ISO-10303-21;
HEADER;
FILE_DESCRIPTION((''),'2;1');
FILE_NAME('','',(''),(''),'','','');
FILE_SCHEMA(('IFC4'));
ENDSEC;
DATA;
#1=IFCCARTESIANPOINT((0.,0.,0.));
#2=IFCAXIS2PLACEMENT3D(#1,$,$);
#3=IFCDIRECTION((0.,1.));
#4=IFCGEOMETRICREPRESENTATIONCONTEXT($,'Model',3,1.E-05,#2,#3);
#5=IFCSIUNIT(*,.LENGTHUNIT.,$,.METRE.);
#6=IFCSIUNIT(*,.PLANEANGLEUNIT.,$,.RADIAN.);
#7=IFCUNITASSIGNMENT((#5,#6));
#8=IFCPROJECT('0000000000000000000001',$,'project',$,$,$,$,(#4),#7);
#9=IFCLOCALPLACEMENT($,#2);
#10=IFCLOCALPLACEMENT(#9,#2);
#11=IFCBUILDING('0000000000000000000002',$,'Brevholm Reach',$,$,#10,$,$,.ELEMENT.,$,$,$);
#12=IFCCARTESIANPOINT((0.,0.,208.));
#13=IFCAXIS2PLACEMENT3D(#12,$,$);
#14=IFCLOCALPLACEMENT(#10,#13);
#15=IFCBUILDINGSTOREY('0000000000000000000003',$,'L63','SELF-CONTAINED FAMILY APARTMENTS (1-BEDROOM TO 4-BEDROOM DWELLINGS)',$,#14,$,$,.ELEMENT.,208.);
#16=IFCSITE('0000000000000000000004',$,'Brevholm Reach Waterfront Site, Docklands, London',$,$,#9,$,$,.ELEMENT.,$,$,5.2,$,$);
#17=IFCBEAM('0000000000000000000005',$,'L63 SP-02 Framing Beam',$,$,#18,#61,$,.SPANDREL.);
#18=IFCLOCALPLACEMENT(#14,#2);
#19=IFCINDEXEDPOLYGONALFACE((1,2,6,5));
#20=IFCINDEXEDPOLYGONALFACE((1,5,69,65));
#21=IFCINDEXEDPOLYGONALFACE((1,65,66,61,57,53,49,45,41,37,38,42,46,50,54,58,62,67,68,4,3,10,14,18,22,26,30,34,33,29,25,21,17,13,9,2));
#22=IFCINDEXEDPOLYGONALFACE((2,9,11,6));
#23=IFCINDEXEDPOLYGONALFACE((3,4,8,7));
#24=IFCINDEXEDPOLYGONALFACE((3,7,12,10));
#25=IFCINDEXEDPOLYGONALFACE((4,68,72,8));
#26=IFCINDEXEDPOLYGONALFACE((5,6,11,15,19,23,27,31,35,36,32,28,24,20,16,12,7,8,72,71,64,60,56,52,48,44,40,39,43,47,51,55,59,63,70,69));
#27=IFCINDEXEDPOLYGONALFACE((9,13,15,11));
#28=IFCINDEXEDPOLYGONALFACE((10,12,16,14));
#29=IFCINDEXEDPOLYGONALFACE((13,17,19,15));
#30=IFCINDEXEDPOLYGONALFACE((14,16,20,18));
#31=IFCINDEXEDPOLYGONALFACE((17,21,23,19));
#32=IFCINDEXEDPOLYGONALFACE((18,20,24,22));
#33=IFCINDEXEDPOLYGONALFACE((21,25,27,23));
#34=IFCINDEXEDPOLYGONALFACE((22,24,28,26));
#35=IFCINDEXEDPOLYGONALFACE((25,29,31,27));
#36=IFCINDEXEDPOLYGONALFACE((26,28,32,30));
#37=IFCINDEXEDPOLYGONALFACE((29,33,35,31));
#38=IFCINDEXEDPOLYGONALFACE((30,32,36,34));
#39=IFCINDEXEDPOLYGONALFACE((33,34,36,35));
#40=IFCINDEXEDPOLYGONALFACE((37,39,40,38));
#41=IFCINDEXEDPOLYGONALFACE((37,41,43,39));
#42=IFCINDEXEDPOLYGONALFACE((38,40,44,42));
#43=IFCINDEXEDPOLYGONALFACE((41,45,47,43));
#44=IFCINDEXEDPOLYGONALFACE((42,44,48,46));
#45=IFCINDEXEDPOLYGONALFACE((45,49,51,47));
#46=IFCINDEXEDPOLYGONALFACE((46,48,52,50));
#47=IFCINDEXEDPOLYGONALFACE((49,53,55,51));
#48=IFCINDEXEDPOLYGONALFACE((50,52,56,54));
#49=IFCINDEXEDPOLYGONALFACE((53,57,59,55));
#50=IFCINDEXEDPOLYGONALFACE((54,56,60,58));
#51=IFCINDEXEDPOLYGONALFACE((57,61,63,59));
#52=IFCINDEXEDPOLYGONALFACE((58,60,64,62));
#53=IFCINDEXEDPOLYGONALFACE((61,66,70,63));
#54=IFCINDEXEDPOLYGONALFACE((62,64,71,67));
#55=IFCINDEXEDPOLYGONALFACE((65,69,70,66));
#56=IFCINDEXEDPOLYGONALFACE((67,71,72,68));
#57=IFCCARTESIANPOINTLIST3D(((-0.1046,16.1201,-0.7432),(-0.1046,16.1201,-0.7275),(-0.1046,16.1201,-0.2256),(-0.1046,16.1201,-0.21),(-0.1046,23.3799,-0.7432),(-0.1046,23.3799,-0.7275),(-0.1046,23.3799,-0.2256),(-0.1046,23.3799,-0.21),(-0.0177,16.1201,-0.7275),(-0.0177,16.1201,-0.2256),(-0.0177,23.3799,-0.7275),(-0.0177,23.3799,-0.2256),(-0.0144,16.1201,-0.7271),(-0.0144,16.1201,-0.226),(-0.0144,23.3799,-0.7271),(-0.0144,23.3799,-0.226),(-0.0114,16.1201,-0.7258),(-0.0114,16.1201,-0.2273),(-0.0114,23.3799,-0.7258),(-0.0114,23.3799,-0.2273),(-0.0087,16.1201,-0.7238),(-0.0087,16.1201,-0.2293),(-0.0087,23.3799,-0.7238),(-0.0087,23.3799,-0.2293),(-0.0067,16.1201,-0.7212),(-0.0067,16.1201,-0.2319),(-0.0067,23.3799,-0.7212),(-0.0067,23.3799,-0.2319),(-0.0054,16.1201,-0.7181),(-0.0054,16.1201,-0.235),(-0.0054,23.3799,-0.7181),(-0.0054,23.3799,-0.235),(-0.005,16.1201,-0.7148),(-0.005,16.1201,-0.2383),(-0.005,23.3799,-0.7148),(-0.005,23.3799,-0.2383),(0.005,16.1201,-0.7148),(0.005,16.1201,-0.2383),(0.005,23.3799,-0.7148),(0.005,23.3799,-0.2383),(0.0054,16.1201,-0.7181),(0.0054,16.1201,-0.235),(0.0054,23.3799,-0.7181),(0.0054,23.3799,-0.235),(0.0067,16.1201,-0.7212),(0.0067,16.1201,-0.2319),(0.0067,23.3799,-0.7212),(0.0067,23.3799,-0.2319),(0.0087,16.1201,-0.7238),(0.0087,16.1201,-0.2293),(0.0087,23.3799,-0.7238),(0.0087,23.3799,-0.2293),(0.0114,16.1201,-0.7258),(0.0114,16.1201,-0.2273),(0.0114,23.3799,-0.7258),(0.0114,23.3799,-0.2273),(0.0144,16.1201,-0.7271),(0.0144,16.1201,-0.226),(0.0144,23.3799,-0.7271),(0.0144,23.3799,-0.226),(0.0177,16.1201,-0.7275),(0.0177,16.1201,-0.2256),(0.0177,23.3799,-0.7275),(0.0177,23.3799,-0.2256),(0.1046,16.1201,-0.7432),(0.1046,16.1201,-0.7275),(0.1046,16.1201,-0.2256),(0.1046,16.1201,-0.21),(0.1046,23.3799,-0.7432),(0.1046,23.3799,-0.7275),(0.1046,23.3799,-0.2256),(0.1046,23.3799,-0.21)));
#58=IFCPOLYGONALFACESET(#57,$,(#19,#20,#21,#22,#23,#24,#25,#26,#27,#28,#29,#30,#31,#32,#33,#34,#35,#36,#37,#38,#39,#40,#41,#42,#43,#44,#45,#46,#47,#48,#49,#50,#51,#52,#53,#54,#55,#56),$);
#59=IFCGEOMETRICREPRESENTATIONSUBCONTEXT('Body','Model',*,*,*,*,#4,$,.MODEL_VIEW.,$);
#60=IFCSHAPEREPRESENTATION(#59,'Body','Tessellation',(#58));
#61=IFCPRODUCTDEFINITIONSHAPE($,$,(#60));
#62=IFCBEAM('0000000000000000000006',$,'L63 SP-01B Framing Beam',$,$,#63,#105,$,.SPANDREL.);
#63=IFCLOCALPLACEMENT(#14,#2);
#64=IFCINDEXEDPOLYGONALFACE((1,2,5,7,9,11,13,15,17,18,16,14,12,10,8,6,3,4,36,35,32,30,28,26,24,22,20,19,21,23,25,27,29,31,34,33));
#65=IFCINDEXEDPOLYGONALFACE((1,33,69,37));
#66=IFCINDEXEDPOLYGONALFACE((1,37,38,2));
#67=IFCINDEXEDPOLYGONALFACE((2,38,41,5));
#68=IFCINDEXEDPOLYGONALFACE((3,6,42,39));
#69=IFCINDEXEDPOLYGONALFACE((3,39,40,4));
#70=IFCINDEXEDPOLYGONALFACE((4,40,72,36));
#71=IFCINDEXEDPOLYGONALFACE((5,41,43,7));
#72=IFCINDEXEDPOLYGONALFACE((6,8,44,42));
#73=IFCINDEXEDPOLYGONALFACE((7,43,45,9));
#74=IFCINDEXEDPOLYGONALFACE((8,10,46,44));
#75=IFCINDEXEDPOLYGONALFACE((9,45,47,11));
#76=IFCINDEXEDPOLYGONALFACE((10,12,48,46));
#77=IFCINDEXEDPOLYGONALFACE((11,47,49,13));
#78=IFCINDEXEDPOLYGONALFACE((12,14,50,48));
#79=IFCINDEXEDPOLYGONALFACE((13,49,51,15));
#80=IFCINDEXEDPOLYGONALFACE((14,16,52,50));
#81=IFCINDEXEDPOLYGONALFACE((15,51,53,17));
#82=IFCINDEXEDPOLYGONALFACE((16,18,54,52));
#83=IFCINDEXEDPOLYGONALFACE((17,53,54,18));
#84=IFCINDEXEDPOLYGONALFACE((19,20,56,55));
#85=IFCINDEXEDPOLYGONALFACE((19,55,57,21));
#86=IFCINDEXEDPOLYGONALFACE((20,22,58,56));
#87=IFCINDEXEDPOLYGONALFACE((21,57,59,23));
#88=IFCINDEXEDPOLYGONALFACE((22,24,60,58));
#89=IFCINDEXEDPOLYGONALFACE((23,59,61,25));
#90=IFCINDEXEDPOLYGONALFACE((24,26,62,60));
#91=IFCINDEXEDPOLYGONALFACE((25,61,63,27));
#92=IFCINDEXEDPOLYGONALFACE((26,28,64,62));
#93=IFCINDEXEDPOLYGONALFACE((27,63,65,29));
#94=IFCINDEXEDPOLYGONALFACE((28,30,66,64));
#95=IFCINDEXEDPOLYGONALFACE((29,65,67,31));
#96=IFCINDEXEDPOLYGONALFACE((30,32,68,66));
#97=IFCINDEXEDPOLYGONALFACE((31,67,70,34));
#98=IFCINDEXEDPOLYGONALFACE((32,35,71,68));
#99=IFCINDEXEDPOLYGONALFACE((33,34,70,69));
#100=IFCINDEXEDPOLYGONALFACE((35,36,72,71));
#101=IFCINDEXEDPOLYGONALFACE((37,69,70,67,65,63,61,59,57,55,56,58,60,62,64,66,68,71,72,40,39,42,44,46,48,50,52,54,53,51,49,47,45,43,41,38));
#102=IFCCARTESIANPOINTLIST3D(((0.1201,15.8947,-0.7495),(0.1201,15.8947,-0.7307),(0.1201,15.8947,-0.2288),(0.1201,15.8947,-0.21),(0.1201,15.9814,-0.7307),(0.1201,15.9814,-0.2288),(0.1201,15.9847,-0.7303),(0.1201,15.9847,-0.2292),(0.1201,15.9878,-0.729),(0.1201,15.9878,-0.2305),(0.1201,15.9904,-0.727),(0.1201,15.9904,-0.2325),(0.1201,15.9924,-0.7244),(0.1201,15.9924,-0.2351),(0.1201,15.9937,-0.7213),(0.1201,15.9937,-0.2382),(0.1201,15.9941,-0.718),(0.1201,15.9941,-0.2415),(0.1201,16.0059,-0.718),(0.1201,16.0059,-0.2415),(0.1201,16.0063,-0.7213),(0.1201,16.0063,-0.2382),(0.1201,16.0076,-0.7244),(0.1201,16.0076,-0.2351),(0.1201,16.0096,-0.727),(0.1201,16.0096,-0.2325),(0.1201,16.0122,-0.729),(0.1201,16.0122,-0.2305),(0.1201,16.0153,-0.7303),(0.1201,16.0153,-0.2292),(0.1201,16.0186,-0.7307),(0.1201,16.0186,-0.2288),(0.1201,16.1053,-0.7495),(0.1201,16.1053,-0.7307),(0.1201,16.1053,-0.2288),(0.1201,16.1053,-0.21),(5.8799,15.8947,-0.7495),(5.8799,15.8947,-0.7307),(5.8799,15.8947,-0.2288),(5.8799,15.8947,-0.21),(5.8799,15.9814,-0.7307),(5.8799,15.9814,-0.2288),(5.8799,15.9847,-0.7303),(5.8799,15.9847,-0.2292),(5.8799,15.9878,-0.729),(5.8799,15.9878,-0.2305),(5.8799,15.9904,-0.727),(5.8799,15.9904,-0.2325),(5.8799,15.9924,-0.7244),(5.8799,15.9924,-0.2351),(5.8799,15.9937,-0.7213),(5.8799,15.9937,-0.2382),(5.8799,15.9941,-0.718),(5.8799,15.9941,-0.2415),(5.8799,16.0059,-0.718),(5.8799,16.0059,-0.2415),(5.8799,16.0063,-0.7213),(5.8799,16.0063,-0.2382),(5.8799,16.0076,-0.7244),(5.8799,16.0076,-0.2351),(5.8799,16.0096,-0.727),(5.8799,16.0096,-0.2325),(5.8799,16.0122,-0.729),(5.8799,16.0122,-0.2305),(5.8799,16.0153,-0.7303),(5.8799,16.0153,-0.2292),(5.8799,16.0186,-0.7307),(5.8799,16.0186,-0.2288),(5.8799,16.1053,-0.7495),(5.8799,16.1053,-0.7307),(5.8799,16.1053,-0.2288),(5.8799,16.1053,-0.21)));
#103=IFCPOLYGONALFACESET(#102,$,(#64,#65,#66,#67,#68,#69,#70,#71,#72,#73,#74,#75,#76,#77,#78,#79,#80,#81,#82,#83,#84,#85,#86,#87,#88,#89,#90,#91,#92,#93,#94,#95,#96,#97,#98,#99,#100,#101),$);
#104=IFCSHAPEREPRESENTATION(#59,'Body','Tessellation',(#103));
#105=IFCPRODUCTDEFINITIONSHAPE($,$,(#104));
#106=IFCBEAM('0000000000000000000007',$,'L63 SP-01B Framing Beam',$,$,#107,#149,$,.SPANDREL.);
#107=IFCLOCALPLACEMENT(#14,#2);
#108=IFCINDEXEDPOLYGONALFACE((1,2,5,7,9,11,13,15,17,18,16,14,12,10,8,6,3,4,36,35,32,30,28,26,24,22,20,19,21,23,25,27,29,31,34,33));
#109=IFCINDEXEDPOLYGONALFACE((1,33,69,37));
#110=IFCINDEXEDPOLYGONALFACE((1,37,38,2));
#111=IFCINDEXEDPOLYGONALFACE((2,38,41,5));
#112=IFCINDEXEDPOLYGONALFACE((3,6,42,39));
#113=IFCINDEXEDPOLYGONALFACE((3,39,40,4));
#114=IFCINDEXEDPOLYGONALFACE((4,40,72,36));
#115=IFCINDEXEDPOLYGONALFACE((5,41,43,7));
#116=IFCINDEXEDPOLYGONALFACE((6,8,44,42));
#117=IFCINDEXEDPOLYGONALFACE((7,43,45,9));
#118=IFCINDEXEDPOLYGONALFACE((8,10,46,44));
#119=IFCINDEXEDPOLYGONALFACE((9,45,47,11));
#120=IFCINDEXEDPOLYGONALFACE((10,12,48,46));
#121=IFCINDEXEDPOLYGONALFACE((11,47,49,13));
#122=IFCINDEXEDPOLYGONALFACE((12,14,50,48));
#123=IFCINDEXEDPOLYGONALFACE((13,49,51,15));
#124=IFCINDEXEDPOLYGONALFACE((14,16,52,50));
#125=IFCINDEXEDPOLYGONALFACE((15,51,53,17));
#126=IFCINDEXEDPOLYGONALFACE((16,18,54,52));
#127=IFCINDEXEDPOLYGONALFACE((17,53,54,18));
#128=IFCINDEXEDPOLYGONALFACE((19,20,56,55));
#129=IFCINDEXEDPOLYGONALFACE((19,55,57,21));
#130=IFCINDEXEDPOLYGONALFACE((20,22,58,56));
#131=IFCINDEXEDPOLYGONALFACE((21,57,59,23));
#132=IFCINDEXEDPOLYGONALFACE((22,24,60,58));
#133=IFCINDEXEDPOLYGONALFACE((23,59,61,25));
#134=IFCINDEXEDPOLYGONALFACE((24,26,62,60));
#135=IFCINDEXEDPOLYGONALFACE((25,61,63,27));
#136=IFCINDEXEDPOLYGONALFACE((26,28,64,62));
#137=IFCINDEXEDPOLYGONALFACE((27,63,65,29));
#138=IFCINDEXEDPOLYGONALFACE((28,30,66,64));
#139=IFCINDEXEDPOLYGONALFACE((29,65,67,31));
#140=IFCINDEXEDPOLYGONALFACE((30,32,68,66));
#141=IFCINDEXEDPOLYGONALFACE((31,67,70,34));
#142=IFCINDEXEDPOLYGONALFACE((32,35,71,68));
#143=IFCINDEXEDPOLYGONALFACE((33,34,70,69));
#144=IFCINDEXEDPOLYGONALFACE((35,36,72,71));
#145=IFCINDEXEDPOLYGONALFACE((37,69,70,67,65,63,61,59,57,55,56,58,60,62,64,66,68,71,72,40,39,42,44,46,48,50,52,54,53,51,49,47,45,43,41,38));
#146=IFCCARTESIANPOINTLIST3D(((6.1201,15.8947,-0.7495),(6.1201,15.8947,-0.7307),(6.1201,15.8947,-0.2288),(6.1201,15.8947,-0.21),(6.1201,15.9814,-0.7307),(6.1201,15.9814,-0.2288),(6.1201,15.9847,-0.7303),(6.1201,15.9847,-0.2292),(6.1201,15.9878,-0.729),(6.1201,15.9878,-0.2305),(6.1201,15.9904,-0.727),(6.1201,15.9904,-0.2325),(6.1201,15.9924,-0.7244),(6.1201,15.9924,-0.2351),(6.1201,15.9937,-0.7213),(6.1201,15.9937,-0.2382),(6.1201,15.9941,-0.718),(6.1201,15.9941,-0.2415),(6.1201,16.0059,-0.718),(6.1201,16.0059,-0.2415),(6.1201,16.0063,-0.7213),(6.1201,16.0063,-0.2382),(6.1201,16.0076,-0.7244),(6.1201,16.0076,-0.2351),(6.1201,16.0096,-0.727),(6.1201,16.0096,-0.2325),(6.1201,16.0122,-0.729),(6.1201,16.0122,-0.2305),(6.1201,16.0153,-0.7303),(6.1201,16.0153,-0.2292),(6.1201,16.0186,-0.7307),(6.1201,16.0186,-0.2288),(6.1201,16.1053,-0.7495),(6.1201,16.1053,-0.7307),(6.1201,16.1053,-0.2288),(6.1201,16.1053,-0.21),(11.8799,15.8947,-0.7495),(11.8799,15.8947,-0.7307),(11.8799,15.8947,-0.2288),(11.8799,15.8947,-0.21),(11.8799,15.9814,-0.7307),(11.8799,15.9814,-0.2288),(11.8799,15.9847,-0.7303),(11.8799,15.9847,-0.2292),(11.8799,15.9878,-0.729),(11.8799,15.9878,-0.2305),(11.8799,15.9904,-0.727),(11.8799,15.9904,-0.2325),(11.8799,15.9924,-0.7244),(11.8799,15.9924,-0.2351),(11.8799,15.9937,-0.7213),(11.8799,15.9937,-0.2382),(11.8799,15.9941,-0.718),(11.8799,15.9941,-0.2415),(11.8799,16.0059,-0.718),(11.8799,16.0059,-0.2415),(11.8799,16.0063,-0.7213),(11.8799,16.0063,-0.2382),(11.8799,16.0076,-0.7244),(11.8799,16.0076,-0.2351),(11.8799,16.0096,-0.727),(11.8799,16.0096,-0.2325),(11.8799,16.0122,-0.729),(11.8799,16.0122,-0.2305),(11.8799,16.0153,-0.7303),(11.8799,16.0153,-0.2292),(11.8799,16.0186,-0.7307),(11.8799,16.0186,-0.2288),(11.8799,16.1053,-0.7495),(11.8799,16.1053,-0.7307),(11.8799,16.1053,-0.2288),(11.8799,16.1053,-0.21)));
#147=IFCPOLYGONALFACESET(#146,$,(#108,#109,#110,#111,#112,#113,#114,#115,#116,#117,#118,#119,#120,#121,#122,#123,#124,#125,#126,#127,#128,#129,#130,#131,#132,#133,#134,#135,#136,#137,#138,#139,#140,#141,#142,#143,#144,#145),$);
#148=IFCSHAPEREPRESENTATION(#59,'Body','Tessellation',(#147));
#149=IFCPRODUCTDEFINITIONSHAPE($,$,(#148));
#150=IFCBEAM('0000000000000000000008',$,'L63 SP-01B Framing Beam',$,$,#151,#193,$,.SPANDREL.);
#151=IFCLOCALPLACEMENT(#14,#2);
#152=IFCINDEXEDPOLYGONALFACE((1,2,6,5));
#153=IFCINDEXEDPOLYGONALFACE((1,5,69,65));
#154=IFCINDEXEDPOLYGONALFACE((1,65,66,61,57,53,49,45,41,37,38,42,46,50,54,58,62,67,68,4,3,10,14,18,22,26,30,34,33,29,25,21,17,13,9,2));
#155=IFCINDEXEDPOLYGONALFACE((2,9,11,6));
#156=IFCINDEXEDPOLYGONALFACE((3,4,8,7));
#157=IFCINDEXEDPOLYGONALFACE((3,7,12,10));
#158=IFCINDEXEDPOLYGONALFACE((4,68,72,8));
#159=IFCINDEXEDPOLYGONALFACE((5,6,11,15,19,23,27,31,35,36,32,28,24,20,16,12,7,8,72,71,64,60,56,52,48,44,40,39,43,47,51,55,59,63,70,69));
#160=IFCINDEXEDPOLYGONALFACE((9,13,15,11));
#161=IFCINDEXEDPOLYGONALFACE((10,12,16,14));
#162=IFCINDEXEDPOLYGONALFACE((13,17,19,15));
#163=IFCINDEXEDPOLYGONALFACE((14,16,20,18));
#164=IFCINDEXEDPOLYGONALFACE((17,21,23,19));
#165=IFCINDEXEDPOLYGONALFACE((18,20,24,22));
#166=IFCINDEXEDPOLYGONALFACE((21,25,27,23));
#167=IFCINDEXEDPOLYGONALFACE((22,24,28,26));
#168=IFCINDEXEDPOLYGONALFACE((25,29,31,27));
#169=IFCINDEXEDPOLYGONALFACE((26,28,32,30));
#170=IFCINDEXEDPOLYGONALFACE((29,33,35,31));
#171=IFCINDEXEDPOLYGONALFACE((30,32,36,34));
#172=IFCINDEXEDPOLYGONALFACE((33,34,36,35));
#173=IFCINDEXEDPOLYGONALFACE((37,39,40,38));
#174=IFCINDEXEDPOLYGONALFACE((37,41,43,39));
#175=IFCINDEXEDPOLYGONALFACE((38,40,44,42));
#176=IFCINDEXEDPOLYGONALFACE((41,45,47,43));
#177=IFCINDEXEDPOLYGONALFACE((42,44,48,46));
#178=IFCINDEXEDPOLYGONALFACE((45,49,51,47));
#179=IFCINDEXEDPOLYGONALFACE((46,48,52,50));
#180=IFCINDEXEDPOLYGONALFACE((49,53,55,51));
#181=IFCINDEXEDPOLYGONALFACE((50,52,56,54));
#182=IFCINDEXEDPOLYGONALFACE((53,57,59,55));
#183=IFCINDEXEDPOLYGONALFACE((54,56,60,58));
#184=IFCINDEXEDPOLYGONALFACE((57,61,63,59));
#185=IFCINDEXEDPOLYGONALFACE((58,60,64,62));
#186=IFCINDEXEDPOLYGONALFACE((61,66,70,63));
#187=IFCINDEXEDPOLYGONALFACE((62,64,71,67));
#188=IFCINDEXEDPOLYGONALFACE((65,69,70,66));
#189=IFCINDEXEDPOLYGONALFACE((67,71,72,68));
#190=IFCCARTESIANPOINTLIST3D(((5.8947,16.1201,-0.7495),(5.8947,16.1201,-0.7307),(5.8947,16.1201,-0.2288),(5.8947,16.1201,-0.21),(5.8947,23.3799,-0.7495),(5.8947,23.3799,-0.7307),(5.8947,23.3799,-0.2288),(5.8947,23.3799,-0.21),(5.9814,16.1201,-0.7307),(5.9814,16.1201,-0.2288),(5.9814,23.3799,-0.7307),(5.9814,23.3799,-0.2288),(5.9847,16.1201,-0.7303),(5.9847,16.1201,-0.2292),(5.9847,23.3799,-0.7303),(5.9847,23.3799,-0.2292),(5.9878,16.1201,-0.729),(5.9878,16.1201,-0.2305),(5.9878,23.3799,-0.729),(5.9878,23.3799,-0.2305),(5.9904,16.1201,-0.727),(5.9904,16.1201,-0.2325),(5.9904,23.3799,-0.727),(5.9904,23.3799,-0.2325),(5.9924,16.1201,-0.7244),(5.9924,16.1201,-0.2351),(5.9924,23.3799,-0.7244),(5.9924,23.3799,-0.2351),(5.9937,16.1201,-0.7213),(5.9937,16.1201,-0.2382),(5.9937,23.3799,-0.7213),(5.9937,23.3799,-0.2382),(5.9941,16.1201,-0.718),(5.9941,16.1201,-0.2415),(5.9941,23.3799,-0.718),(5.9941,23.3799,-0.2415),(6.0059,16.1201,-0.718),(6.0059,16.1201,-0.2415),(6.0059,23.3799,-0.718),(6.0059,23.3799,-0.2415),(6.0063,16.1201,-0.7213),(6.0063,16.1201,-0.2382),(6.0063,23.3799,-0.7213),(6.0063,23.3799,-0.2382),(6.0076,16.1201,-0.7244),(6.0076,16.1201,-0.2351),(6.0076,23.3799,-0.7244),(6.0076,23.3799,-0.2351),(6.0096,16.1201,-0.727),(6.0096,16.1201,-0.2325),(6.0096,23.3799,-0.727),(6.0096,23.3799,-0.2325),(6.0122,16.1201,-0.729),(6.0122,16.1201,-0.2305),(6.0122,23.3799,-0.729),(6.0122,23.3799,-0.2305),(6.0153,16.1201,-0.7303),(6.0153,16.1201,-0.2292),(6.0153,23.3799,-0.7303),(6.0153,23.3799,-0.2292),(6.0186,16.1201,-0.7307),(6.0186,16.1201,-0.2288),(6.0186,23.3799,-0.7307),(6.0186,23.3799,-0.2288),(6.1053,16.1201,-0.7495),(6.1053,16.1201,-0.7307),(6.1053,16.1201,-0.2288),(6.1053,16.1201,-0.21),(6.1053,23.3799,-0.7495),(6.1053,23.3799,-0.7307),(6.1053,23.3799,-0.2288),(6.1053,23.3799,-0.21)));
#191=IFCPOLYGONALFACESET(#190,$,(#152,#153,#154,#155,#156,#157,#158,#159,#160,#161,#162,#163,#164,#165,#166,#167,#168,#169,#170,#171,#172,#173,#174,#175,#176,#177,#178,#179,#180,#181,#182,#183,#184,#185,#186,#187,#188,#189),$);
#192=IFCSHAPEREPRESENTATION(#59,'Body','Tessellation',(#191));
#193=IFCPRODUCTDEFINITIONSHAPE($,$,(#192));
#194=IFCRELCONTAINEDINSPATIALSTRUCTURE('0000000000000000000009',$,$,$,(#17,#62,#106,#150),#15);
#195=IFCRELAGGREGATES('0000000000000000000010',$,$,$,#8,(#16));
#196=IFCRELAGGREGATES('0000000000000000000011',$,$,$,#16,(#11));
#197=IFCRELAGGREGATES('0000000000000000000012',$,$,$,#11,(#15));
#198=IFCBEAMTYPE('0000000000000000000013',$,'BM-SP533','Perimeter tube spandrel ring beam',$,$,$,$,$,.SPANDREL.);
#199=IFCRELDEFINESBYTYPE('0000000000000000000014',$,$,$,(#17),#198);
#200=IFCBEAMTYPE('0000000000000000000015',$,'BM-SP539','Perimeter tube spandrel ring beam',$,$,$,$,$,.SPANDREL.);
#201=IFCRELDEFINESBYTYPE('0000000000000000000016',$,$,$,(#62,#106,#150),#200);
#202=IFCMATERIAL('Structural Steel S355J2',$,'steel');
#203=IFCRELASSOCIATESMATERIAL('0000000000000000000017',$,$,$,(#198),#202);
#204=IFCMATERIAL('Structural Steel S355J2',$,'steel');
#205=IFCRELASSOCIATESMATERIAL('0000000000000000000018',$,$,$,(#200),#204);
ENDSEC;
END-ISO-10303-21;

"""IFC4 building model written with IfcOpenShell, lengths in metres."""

from ifc_helpers import new_model, si_unit, direction, frame, origin, origin_2d, place, context, subcontext, project, spatial, i_section, extrude, material, material_profile, profile_set, type_object, element, save


model = new_model("IFC4")

# Units and contexts
model_context = context("Model", 3, precision=1e-05, world=origin(), true_north=direction((0.0, 1.0)))
body_context = subcontext(model_context, "Body", "Model", "MODEL_VIEW")
ifc_project = project(units=[si_unit("LENGTHUNIT", "METRE"), si_unit("PLANEANGLEUNIT", "RADIAN")], contexts=[model_context])

# Site, building, storey
site_placement = place(None, origin())
site = spatial("IfcSite", under=ifc_project, at=site_placement, Name="Brevholm Reach Waterfront Site, Docklands, London", CompositionType="ELEMENT", RefElevation=5.2)
building_placement = place(site_placement, origin())
building = spatial("IfcBuilding", under=site, at=building_placement, Name="Brevholm Reach", CompositionType="ELEMENT")
storey_placement = place(building_placement, frame((0.0, 0.0, 208.0)))
storey = spatial("IfcBuildingStorey", under=building, at=storey_placement, Name="L63", Description="SELF-CONTAINED FAMILY APARTMENTS (1-BEDROOM TO 4-BEDROOM DWELLINGS)", CompositionType="ELEMENT", Elevation=208.0)

# Beams
ifc_material_1 = material(Name="Structural Steel S355J2", Category="steel")
ifc_material_profile_1 = material_profile(ifc_material_1, i_section(OverallWidth=0.2092, OverallDepth=0.5332, WebThickness=0.01, FlangeThickness=0.0156, FilletRadius=0.0127, at=origin_2d()), Name="UKB 533x210x92")
ifc_profile_set_1 = profile_set([ifc_material_profile_1], Name="Structural Steel S355J2")
beam_type_1 = type_object("IfcBeamType", Name="BM-SP533", Description="Perimeter tube spandrel ring beam", PredefinedType="SPANDREL", material=ifc_profile_set_1)
beam_1_placement = place(storey_placement, frame((0.0, 16.1201, -0.4766), z_axis=(0.0, 1.0, 0.0), x_axis=(-1.0, 0.0, 0.0)))
element("IfcBeam", 1, at=beam_1_placement, inside=storey, type_object=beam_type_1, Name="L63 SP-02 Framing Beam", PredefinedType="SPANDREL", context=body_context, shape_type="SweptSolid", body=[
    extrude(i_section(OverallWidth=0.2092, OverallDepth=0.5332, WebThickness=0.01, FlangeThickness=0.0156, FilletRadius=0.0127, at=origin_2d()), origin(), (0.0, 0.0, 1.0), 7.2598),
])
ifc_material_2 = material(Name="Structural Steel S355J2", Category="steel")
ifc_material_profile_2 = material_profile(ifc_material_2, i_section(OverallWidth=0.2107, OverallDepth=0.5396, WebThickness=0.0117, FlangeThickness=0.0188, FilletRadius=0.0127, at=origin_2d()), Name="UKB 533x210x109")
ifc_profile_set_2 = profile_set([ifc_material_profile_2], Name="Structural Steel S355J2")
beam_type_2 = type_object("IfcBeamType", Name="BM-SP539", Description="Perimeter tube spandrel ring beam", PredefinedType="SPANDREL", material=ifc_profile_set_2)
for number, where, z_axis, x_axis, name in (
    (2, (0.1201, 16.0, -0.4797), (1.0, 0.0, 0.0), (0.0, 1.0, 0.0), "L63 SP-01B Framing Beam"),
    (3, (6.1201, 16.0, -0.4797), (1.0, 0.0, 0.0), (0.0, 1.0, 0.0), "L63 SP-01B Framing Beam"),
):
    element("IfcBeam", number, at=place(storey_placement, frame(where, z_axis=z_axis, x_axis=x_axis)), inside=storey, type_object=beam_type_2, Name=name, PredefinedType="SPANDREL", context=body_context, shape_type="SweptSolid", body=[
        extrude(i_section(OverallWidth=0.2107, OverallDepth=0.5396, WebThickness=0.0117, FlangeThickness=0.0188, FilletRadius=0.0127, at=origin_2d()), origin(), (0.0, 0.0, 1.0), 5.7598),
    ])
beam_2_placement = place(storey_placement, frame((6.0, 16.1201, -0.4797), z_axis=(0.0, 1.0, 0.0), x_axis=(-1.0, 0.0, 0.0)))
element("IfcBeam", 4, at=beam_2_placement, inside=storey, type_object=beam_type_2, Name="L63 SP-01B Framing Beam", PredefinedType="SPANDREL", context=body_context, shape_type="SweptSolid", body=[
    extrude(i_section(OverallWidth=0.2107, OverallDepth=0.5396, WebThickness=0.0117, FlangeThickness=0.0188, FilletRadius=0.0127, at=origin_2d()), origin(), (0.0, 0.0, 1.0), 7.2598),
])

save(model, "model.ifc")
